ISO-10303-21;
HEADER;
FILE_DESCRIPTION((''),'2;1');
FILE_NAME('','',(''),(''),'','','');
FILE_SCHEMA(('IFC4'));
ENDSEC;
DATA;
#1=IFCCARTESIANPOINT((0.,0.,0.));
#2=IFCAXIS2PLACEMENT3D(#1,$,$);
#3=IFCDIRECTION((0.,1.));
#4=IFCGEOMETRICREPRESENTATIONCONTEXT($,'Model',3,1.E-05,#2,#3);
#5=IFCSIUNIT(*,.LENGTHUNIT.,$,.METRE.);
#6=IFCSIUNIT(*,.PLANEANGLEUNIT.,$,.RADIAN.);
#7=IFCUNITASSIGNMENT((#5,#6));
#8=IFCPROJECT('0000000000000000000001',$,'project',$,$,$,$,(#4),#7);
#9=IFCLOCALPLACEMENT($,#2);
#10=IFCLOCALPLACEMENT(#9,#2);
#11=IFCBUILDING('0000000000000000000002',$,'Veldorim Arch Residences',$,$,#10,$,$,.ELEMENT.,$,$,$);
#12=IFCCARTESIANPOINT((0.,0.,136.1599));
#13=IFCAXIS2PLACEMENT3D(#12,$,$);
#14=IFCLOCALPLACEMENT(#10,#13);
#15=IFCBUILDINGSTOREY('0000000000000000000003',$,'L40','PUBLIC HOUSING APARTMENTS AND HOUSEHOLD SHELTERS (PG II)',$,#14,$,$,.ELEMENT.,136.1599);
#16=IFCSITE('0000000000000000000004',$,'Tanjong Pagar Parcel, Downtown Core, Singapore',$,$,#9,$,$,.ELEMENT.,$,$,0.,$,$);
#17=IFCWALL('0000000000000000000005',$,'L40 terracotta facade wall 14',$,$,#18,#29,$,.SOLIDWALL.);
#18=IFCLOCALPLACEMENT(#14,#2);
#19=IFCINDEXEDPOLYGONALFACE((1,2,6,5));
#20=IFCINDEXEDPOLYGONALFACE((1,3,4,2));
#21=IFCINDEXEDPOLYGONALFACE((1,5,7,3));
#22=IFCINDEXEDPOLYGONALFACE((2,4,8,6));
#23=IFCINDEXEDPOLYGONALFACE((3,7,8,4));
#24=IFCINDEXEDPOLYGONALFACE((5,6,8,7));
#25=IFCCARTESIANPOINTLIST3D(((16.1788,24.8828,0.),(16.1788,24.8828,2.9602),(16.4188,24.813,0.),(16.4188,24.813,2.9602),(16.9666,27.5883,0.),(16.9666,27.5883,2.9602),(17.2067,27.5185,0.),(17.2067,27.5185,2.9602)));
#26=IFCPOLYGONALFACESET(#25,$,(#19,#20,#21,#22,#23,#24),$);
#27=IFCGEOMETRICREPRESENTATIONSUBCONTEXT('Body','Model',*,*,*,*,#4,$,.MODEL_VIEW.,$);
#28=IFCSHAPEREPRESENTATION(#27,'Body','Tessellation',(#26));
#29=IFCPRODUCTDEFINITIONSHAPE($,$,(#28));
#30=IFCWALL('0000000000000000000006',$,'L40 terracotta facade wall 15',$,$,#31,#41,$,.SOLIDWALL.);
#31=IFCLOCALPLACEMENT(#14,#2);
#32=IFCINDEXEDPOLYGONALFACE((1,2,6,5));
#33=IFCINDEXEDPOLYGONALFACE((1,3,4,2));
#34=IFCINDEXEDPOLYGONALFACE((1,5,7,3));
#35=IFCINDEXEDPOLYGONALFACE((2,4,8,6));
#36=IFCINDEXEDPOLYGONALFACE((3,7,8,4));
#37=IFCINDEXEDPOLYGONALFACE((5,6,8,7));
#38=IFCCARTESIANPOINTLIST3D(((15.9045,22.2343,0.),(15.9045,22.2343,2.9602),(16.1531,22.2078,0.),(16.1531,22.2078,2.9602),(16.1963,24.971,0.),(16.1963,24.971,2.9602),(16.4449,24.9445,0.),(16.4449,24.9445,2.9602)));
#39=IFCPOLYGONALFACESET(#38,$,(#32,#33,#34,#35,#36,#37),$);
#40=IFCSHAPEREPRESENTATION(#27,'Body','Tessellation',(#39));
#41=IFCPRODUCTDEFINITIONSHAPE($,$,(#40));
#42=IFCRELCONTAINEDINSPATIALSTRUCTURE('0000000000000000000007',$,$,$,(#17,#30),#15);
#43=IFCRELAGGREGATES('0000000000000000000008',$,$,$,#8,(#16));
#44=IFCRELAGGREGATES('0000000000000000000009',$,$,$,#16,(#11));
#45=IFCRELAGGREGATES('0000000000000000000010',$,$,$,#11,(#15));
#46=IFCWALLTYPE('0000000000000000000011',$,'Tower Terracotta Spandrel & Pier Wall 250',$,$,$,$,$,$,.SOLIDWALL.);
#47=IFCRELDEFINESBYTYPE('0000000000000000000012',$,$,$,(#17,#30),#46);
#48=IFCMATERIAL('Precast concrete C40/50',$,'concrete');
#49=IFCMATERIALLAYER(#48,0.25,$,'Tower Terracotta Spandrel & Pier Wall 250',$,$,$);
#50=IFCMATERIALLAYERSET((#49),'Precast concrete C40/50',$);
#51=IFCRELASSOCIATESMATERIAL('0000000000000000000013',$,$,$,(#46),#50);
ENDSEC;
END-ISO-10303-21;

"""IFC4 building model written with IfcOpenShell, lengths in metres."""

from ifc_helpers import new_model, si_unit, direction, frame, frame_2d, origin, place, context, subcontext, project, spatial, rectangle, extrude, material, layer, layer_set, type_object, element, save


model = new_model("IFC4")

# Units and contexts
model_context = context("Model", 3, precision=1e-05, world=origin(), true_north=direction((0.0, 1.0)))
body_context = subcontext(model_context, "Body", "Model", "MODEL_VIEW")
ifc_project = project(units=[si_unit("LENGTHUNIT", "METRE"), si_unit("PLANEANGLEUNIT", "RADIAN")], contexts=[model_context])

# Site, building, storey
site_placement = place(None, origin())
site = spatial("IfcSite", under=ifc_project, at=site_placement, Name="Tanjong Pagar Parcel, Downtown Core, Singapore", CompositionType="ELEMENT", RefElevation=0.0)
building_placement = place(site_placement, origin())
building = spatial("IfcBuilding", under=site, at=building_placement, Name="Veldorim Arch Residences", CompositionType="ELEMENT")
storey_placement = place(building_placement, frame((0.0, 0.0, 136.1599)))
storey = spatial("IfcBuildingStorey", under=building, at=storey_placement, Name="L40", Description="PUBLIC HOUSING APARTMENTS AND HOUSEHOLD SHELTERS (PG II)", CompositionType="ELEMENT", Elevation=136.1599)

# Walls
ifc_material_1 = material(Name="Precast concrete C40/50", Category="concrete")
ifc_layer_1 = layer(ifc_material_1, 0.25, Name="Tower Terracotta Spandrel & Pier Wall 250")
ifc_layer_set_1 = layer_set([ifc_layer_1], Name="Precast concrete C40/50")
wall_type_1 = type_object("IfcWallType", Name="Tower Terracotta Spandrel & Pier Wall 250", PredefinedType="SOLIDWALL", material=ifc_layer_set_1)
wall_1_placement = place(storey_placement, frame((16.2988, 24.8479, 0.0), z_axis=(0.0, 0.0, 1.0), x_axis=(0.279581, 0.960122, 0.0)))
element("IfcWall", 1, at=wall_1_placement, inside=storey, type_object=wall_type_1, Name="L40 terracotta facade wall 14", PredefinedType="SOLIDWALL", context=body_context, shape_type="SweptSolid", body=[
    extrude(rectangle(XDim=2.8179, YDim=0.25, at=frame_2d((1.4089, 0.0))), origin(), (0.0, 0.0, 1.0), 2.9602),
])
wall_2_placement = place(storey_placement, frame((16.0288, 22.2212, 0.0), z_axis=(0.0, 0.0, 1.0), x_axis=(0.10601, 0.994365, 0.0)))
element("IfcWall", 2, at=wall_2_placement, inside=storey, type_object=wall_type_1, Name="L40 terracotta facade wall 15", PredefinedType="SOLIDWALL", context=body_context, shape_type="SweptSolid", body=[
    extrude(rectangle(XDim=2.7522, YDim=0.25, at=frame_2d((1.376, 0.0))), origin(), (0.0, 0.0, 1.0), 2.9602),
])

save(model, "model.ifc")
